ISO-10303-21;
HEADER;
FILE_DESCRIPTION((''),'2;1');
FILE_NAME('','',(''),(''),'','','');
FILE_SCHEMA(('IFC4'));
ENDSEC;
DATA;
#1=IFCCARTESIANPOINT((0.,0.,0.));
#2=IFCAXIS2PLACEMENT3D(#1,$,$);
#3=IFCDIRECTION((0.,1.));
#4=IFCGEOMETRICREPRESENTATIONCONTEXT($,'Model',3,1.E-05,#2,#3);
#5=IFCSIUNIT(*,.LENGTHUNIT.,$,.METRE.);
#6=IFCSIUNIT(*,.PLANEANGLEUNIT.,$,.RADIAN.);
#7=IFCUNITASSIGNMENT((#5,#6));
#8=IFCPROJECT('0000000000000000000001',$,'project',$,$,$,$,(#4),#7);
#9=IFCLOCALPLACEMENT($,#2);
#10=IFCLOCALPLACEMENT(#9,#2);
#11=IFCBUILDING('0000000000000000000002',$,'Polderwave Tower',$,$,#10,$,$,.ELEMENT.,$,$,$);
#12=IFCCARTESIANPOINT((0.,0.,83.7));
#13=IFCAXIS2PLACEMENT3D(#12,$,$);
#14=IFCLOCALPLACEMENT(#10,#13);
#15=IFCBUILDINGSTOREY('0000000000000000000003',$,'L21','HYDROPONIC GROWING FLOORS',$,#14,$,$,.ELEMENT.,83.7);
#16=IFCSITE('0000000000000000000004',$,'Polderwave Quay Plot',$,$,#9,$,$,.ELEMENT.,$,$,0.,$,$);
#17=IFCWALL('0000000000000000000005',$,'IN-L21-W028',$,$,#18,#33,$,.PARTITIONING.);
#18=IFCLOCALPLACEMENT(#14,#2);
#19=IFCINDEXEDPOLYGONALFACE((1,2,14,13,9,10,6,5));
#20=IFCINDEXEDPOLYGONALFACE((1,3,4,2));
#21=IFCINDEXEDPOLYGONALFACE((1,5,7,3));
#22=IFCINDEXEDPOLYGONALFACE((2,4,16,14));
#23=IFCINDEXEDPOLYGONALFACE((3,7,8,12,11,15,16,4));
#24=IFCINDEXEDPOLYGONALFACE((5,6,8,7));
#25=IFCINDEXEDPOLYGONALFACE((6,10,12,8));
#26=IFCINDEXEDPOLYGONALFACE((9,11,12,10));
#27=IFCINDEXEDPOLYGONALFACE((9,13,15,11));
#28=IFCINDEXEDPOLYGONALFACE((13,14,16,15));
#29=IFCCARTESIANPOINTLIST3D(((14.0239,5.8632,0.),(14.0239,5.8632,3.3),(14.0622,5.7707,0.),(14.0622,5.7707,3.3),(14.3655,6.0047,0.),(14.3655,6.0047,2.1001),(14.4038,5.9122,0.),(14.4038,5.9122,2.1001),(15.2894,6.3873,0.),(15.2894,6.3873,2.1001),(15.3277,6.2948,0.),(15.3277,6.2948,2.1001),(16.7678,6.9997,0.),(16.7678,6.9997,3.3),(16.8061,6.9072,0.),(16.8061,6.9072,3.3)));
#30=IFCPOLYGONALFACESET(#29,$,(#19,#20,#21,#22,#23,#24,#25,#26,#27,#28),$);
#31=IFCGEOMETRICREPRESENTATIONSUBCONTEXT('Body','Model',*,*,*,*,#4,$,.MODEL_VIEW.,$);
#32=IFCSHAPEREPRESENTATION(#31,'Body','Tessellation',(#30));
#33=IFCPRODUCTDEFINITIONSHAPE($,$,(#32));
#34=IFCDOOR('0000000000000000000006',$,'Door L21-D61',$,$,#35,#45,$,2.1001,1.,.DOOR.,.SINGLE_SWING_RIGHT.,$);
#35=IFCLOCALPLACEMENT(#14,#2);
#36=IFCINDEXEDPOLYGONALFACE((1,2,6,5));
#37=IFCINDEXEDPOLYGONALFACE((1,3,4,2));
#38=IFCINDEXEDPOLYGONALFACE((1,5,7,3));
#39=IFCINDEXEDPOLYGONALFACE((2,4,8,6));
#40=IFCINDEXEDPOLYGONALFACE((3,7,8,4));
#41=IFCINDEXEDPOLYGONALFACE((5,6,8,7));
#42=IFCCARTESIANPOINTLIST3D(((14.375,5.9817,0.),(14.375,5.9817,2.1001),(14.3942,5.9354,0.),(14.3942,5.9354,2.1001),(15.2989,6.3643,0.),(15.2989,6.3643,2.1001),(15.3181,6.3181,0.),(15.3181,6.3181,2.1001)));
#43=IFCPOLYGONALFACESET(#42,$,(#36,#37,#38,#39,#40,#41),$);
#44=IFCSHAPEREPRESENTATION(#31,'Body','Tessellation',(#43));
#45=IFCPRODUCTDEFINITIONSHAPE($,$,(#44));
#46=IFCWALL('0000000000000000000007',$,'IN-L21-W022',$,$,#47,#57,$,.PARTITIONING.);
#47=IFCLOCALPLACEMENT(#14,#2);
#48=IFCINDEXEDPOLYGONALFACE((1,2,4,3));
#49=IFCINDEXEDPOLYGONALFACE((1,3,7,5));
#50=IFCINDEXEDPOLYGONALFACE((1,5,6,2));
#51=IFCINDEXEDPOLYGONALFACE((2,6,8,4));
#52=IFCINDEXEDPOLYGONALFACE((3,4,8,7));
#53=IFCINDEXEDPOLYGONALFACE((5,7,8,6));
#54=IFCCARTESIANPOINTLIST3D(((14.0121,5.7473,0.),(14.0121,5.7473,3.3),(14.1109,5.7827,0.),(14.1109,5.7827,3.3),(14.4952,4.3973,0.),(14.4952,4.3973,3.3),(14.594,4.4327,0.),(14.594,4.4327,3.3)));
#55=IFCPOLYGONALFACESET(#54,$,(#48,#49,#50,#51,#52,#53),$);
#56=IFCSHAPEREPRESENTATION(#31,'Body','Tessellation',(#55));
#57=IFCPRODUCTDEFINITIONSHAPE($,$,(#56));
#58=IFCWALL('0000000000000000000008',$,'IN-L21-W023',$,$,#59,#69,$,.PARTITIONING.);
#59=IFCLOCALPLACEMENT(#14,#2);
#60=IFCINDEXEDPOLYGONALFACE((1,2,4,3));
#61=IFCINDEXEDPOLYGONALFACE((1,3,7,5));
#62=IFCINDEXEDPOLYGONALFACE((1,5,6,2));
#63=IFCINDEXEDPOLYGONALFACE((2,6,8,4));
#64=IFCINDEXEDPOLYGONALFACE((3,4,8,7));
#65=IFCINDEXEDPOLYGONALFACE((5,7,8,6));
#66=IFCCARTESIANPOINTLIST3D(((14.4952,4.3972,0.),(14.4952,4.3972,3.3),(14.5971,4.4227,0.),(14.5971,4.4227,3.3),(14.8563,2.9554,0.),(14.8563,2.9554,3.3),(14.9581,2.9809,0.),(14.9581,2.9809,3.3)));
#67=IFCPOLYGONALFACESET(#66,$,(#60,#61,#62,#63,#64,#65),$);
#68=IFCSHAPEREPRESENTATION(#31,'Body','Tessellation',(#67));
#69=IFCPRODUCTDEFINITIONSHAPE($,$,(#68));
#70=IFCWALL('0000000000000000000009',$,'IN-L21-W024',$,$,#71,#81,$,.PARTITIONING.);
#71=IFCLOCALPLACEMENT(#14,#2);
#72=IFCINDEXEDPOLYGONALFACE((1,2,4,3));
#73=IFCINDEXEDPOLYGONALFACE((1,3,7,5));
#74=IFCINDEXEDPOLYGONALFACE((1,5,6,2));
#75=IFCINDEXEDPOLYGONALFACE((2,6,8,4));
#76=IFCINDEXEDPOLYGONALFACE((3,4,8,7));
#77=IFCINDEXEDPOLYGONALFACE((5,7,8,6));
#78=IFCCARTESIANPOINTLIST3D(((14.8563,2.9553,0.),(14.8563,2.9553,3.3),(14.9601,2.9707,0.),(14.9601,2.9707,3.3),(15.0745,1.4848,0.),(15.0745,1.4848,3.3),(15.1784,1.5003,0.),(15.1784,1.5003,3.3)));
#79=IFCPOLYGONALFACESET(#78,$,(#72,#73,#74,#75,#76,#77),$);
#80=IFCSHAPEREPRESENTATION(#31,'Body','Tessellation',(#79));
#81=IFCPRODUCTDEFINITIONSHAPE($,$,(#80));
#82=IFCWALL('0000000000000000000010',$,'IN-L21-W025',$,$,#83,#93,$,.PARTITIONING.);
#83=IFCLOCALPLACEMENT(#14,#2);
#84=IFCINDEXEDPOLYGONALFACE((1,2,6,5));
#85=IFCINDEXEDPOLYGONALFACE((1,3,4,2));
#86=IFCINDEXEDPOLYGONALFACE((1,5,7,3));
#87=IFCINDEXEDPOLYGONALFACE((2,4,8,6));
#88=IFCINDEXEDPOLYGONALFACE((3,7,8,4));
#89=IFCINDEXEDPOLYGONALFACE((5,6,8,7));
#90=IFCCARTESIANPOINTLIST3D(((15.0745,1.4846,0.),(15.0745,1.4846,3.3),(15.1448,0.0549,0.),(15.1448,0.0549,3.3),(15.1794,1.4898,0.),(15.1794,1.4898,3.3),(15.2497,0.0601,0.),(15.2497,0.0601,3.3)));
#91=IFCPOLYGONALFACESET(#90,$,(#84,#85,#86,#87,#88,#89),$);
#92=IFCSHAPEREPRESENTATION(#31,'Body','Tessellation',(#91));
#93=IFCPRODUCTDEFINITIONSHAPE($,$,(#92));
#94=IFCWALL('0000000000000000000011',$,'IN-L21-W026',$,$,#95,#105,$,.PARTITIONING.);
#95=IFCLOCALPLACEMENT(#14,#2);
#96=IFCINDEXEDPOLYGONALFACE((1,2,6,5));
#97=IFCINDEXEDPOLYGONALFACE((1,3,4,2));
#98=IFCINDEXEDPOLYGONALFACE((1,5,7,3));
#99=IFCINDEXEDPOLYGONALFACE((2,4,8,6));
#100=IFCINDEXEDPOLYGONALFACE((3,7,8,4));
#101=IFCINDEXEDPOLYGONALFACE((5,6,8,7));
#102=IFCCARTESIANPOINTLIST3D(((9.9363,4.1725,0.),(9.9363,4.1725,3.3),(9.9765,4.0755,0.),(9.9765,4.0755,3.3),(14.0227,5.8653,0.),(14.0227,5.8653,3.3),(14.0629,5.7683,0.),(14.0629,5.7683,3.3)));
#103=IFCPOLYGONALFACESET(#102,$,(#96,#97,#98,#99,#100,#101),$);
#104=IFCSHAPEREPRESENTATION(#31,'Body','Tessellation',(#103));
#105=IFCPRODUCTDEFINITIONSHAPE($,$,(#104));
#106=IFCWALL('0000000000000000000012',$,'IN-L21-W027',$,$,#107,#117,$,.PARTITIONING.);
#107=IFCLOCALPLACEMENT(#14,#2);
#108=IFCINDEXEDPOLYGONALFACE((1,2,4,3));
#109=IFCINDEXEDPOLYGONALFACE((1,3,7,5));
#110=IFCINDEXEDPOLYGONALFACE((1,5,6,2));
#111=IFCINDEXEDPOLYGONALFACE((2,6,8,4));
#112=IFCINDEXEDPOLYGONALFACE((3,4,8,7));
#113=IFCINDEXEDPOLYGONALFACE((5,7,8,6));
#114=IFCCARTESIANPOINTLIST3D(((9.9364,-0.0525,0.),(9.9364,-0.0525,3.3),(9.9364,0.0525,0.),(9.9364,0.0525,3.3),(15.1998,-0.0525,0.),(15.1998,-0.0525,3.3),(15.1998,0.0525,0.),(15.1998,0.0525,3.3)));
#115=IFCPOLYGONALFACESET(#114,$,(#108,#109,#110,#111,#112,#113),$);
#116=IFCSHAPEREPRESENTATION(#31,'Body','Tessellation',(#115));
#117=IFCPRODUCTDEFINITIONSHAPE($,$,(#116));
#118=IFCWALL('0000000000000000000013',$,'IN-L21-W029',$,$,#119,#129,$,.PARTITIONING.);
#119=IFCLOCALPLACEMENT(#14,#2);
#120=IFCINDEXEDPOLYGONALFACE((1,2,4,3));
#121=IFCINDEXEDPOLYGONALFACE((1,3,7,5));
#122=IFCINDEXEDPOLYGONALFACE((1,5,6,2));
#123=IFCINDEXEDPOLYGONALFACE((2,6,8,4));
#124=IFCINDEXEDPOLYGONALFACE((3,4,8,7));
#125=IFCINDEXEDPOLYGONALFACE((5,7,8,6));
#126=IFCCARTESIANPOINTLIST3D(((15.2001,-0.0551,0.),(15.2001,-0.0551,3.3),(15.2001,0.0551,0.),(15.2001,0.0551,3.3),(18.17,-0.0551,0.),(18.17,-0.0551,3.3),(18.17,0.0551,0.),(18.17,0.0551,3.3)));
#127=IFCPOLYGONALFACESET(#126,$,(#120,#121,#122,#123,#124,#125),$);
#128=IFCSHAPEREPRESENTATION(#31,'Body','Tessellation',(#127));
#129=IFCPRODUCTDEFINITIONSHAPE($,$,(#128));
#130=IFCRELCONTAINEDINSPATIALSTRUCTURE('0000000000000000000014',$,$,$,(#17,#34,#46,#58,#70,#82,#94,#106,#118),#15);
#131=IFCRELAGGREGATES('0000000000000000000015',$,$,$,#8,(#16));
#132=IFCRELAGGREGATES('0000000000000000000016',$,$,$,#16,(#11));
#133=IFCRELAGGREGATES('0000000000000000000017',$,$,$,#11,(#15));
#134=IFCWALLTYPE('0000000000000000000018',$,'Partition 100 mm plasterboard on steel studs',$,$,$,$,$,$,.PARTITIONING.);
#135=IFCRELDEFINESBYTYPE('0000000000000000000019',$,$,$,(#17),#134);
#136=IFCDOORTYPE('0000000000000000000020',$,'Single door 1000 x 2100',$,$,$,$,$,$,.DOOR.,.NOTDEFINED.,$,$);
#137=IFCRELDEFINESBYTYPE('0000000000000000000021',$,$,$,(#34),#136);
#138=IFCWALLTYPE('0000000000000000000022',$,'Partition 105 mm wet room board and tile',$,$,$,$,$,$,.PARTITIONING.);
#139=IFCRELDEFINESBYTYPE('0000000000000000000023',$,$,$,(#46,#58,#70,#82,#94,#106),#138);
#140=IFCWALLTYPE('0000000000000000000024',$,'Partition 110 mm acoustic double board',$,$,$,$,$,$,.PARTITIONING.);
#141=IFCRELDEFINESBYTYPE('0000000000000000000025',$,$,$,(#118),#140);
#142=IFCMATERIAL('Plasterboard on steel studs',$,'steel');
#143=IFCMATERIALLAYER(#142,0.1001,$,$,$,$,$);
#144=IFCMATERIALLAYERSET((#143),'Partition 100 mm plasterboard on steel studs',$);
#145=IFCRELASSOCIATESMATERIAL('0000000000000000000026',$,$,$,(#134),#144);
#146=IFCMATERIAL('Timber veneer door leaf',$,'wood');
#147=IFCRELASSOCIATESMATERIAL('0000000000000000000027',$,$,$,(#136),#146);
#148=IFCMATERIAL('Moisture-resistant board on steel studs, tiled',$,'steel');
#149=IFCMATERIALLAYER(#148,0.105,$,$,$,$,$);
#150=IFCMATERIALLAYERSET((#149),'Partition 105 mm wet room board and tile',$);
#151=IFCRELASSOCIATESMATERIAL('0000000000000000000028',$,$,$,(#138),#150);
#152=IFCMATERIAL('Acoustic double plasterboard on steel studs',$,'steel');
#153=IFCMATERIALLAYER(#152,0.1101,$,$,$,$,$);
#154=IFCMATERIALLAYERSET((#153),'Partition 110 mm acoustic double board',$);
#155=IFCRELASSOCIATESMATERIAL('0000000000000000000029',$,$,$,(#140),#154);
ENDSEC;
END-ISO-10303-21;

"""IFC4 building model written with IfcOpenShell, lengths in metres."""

from ifc_helpers import new_model, si_unit, direction, frame, frame_2d, origin, place, context, subcontext, project, spatial, rectangle, extrude, material, layer, layer_set, type_object, element, fill, save


model = new_model("IFC4")

# Units and contexts
model_context = context("Model", 3, precision=1e-05, world=origin(), true_north=direction((0.0, 1.0)))
body_context = subcontext(model_context, "Body", "Model", "MODEL_VIEW")
ifc_project = project(units=[si_unit("LENGTHUNIT", "METRE"), si_unit("PLANEANGLEUNIT", "RADIAN")], contexts=[model_context])

# Site, building, storey
site_placement = place(None, origin())
site = spatial("IfcSite", under=ifc_project, at=site_placement, Name="Polderwave Quay Plot", CompositionType="ELEMENT", RefElevation=0.0)
building_placement = place(site_placement, origin())
building = spatial("IfcBuilding", under=site, at=building_placement, Name="Polderwave Tower", CompositionType="ELEMENT")
storey_placement = place(building_placement, frame((0.0, 0.0, 83.7)))
storey = spatial("IfcBuildingStorey", under=building, at=storey_placement, Name="L21", Description="HYDROPONIC GROWING FLOORS", CompositionType="ELEMENT", Elevation=83.7)

# Wall, opening, door
ifc_material_1 = material(Name="Plasterboard on steel studs", Category="steel")
ifc_layer_1 = layer(ifc_material_1, 0.1001)
ifc_layer_set_1 = layer_set([ifc_layer_1], Name="Partition 100 mm plasterboard on steel studs")
wall_type_1 = type_object("IfcWallType", Name="Partition 100 mm plasterboard on steel studs", PredefinedType="PARTITIONING", material=ifc_layer_set_1)
wall_1_placement = place(storey_placement, frame((16.7869, 6.9534, 0.0), z_axis=(0.0, 0.0, 1.0), x_axis=(-0.92389, -0.382659, 0.0)))
wall_1 = element("IfcWall", 1, at=wall_1_placement, inside=storey, type_object=wall_type_1, Name="IN-L21-W028", PredefinedType="PARTITIONING", context=body_context, shape_type="SweptSolid", body=[
    extrude(rectangle(XDim=2.97, YDim=0.1001, at=frame_2d((1.4849, 0.0))), origin(), (0.0, 0.0, 1.0), 3.3),
])
opening_placement = place(wall_1_placement, frame((1.6001, 0.0, 0.0)))
opening = element("IfcOpeningElement", 2, at=opening_placement, cuts=wall_1, PredefinedType="OPENING", context=body_context, shape_type="SweptSolid", body=[
    extrude(rectangle(XDim=1.0, YDim=2.1001, at=frame_2d((0.5, 1.05))), frame((0.0, 0.0601, 0.0), z_axis=(0.0, -1.0, 0.0), x_axis=(1.0, 0.0, 0.0)), (0.0, 0.0, 1.0), 0.1201),
])
ifc_material_2 = material(Name="Timber veneer door leaf", Category="wood")
door_type = type_object("IfcDoorType", Name="Single door 1000 x 2100", OperationType="NOTDEFINED", PredefinedType="DOOR", material=ifc_material_2)
door_placement = place(opening_placement, origin())
door = element("IfcDoor", 3, at=door_placement, inside=storey, type_object=door_type, Name="Door L21-D61", OperationType="SINGLE_SWING_RIGHT", OverallHeight=2.1001, OverallWidth=1.0, PredefinedType="DOOR", context=body_context, shape_type="SweptSolid", body=[
    extrude(rectangle(XDim=1.0, YDim=2.1001, at=frame_2d((0.5, 1.05))), frame((0.0, 0.0249, 0.0), z_axis=(0.0, -1.0, 0.0), x_axis=(1.0, 0.0, 0.0)), (0.0, 0.0, 1.0), 0.05),
])
fill(opening, door)

# Walls
ifc_material_3 = material(Name="Moisture-resistant board on steel studs, tiled", Category="steel")
ifc_layer_2 = layer(ifc_material_3, 0.105)
ifc_layer_set_2 = layer_set([ifc_layer_2], Name="Partition 105 mm wet room board and tile")
wall_type_2 = type_object("IfcWallType", Name="Partition 105 mm wet room board and tile", PredefinedType="PARTITIONING", material=ifc_layer_set_2)
wall_2_placement = place(storey_placement, frame((14.0615, 5.7649, 0.0), z_axis=(0.0, 0.0, 1.0), x_axis=(0.33694, -0.941526, 0.0)))
element("IfcWall", 4, at=wall_2_placement, inside=storey, type_object=wall_type_2, Name="IN-L21-W022", PredefinedType="PARTITIONING", context=body_context, shape_type="SweptSolid", body=[
    extrude(rectangle(XDim=1.4338, YDim=0.105, at=frame_2d((0.7168, 0.0))), origin(), (0.0, 0.0, 1.0), 3.3),
])
wall_3_placement = place(storey_placement, frame((14.5461, 4.4099, 0.0), z_axis=(0.0, 0.0, 1.0), x_axis=(0.242922, -0.970046, 0.0)))
element("IfcWall", 5, at=wall_3_placement, inside=storey, type_object=wall_type_2, Name="IN-L21-W023", PredefinedType="PARTITIONING", context=body_context, shape_type="SweptSolid", body=[
    extrude(rectangle(XDim=1.4863, YDim=0.105, at=frame_2d((0.7432, 0.0))), origin(), (0.0, 0.0, 1.0), 3.3),
])
wall_4_placement = place(storey_placement, frame((14.9082, 2.9629, 0.0), z_axis=(0.0, 0.0, 1.0), x_axis=(0.146822, -0.989163, 0.0)))
element("IfcWall", 6, at=wall_4_placement, inside=storey, type_object=wall_type_2, Name="IN-L21-W024", PredefinedType="PARTITIONING", context=body_context, shape_type="SweptSolid", body=[
    extrude(rectangle(XDim=1.4866, YDim=0.105, at=frame_2d((0.7432, 0.0))), origin(), (0.0, 0.0, 1.0), 3.3),
])
wall_5_placement = place(storey_placement, frame((15.127, 1.4873, 0.0), z_axis=(0.0, 0.0, 1.0), x_axis=(0.049121, -0.998793, 0.0)))
element("IfcWall", 7, at=wall_5_placement, inside=storey, type_object=wall_type_2, Name="IN-L21-W025", PredefinedType="PARTITIONING", context=body_context, shape_type="SweptSolid", body=[
    extrude(rectangle(XDim=1.4314, YDim=0.105, at=frame_2d((0.7158, 0.0))), origin(), (0.0, 0.0, 1.0), 3.3),
])
wall_6_placement = place(storey_placement, frame((9.9565, 4.124, 0.0), z_axis=(0.0, 0.0, 1.0), x_axis=(0.923862, 0.382726, 0.0)))
element("IfcWall", 8, at=wall_6_placement, inside=storey, type_object=wall_type_2, Name="IN-L21-W026", PredefinedType="PARTITIONING", context=body_context, shape_type="SweptSolid", body=[
    extrude(rectangle(XDim=4.4231, YDim=0.105, at=frame_2d((2.2114, 0.0))), origin(), (0.0, 0.0, 1.0), 3.3),
])
wall_7_placement = place(storey_placement, frame((15.2, 0.0, 0.0), z_axis=(0.0, 0.0, 1.0), x_axis=(-1.0, 0.0, 0.0)))
element("IfcWall", 9, at=wall_7_placement, inside=storey, type_object=wall_type_2, Name="IN-L21-W027", PredefinedType="PARTITIONING", context=body_context, shape_type="SweptSolid", body=[
    extrude(rectangle(XDim=5.2634, YDim=0.105, at=frame_2d((2.6318, 0.0))), origin(), (0.0, 0.0, 1.0), 3.3),
])
ifc_material_4 = material(Name="Acoustic double plasterboard on steel studs", Category="steel")
ifc_layer_3 = layer(ifc_material_4, 0.1101)
ifc_layer_set_3 = layer_set([ifc_layer_3], Name="Partition 110 mm acoustic double board")
wall_type_3 = type_object("IfcWallType", Name="Partition 110 mm acoustic double board", PredefinedType="PARTITIONING", material=ifc_layer_set_3)
wall_8_placement = place(storey_placement, frame((18.1699, 0.0, 0.0), z_axis=(0.0, 0.0, 1.0), x_axis=(-1.0, 0.0, 0.0)))
element("IfcWall", 10, at=wall_8_placement, inside=storey, type_object=wall_type_3, Name="IN-L21-W029", PredefinedType="PARTITIONING", context=body_context, shape_type="SweptSolid", body=[
    extrude(rectangle(XDim=2.97, YDim=0.1101, at=frame_2d((1.4849, 0.0))), origin(), (0.0, 0.0, 1.0), 3.3),
])

save(model, "model.ifc")
